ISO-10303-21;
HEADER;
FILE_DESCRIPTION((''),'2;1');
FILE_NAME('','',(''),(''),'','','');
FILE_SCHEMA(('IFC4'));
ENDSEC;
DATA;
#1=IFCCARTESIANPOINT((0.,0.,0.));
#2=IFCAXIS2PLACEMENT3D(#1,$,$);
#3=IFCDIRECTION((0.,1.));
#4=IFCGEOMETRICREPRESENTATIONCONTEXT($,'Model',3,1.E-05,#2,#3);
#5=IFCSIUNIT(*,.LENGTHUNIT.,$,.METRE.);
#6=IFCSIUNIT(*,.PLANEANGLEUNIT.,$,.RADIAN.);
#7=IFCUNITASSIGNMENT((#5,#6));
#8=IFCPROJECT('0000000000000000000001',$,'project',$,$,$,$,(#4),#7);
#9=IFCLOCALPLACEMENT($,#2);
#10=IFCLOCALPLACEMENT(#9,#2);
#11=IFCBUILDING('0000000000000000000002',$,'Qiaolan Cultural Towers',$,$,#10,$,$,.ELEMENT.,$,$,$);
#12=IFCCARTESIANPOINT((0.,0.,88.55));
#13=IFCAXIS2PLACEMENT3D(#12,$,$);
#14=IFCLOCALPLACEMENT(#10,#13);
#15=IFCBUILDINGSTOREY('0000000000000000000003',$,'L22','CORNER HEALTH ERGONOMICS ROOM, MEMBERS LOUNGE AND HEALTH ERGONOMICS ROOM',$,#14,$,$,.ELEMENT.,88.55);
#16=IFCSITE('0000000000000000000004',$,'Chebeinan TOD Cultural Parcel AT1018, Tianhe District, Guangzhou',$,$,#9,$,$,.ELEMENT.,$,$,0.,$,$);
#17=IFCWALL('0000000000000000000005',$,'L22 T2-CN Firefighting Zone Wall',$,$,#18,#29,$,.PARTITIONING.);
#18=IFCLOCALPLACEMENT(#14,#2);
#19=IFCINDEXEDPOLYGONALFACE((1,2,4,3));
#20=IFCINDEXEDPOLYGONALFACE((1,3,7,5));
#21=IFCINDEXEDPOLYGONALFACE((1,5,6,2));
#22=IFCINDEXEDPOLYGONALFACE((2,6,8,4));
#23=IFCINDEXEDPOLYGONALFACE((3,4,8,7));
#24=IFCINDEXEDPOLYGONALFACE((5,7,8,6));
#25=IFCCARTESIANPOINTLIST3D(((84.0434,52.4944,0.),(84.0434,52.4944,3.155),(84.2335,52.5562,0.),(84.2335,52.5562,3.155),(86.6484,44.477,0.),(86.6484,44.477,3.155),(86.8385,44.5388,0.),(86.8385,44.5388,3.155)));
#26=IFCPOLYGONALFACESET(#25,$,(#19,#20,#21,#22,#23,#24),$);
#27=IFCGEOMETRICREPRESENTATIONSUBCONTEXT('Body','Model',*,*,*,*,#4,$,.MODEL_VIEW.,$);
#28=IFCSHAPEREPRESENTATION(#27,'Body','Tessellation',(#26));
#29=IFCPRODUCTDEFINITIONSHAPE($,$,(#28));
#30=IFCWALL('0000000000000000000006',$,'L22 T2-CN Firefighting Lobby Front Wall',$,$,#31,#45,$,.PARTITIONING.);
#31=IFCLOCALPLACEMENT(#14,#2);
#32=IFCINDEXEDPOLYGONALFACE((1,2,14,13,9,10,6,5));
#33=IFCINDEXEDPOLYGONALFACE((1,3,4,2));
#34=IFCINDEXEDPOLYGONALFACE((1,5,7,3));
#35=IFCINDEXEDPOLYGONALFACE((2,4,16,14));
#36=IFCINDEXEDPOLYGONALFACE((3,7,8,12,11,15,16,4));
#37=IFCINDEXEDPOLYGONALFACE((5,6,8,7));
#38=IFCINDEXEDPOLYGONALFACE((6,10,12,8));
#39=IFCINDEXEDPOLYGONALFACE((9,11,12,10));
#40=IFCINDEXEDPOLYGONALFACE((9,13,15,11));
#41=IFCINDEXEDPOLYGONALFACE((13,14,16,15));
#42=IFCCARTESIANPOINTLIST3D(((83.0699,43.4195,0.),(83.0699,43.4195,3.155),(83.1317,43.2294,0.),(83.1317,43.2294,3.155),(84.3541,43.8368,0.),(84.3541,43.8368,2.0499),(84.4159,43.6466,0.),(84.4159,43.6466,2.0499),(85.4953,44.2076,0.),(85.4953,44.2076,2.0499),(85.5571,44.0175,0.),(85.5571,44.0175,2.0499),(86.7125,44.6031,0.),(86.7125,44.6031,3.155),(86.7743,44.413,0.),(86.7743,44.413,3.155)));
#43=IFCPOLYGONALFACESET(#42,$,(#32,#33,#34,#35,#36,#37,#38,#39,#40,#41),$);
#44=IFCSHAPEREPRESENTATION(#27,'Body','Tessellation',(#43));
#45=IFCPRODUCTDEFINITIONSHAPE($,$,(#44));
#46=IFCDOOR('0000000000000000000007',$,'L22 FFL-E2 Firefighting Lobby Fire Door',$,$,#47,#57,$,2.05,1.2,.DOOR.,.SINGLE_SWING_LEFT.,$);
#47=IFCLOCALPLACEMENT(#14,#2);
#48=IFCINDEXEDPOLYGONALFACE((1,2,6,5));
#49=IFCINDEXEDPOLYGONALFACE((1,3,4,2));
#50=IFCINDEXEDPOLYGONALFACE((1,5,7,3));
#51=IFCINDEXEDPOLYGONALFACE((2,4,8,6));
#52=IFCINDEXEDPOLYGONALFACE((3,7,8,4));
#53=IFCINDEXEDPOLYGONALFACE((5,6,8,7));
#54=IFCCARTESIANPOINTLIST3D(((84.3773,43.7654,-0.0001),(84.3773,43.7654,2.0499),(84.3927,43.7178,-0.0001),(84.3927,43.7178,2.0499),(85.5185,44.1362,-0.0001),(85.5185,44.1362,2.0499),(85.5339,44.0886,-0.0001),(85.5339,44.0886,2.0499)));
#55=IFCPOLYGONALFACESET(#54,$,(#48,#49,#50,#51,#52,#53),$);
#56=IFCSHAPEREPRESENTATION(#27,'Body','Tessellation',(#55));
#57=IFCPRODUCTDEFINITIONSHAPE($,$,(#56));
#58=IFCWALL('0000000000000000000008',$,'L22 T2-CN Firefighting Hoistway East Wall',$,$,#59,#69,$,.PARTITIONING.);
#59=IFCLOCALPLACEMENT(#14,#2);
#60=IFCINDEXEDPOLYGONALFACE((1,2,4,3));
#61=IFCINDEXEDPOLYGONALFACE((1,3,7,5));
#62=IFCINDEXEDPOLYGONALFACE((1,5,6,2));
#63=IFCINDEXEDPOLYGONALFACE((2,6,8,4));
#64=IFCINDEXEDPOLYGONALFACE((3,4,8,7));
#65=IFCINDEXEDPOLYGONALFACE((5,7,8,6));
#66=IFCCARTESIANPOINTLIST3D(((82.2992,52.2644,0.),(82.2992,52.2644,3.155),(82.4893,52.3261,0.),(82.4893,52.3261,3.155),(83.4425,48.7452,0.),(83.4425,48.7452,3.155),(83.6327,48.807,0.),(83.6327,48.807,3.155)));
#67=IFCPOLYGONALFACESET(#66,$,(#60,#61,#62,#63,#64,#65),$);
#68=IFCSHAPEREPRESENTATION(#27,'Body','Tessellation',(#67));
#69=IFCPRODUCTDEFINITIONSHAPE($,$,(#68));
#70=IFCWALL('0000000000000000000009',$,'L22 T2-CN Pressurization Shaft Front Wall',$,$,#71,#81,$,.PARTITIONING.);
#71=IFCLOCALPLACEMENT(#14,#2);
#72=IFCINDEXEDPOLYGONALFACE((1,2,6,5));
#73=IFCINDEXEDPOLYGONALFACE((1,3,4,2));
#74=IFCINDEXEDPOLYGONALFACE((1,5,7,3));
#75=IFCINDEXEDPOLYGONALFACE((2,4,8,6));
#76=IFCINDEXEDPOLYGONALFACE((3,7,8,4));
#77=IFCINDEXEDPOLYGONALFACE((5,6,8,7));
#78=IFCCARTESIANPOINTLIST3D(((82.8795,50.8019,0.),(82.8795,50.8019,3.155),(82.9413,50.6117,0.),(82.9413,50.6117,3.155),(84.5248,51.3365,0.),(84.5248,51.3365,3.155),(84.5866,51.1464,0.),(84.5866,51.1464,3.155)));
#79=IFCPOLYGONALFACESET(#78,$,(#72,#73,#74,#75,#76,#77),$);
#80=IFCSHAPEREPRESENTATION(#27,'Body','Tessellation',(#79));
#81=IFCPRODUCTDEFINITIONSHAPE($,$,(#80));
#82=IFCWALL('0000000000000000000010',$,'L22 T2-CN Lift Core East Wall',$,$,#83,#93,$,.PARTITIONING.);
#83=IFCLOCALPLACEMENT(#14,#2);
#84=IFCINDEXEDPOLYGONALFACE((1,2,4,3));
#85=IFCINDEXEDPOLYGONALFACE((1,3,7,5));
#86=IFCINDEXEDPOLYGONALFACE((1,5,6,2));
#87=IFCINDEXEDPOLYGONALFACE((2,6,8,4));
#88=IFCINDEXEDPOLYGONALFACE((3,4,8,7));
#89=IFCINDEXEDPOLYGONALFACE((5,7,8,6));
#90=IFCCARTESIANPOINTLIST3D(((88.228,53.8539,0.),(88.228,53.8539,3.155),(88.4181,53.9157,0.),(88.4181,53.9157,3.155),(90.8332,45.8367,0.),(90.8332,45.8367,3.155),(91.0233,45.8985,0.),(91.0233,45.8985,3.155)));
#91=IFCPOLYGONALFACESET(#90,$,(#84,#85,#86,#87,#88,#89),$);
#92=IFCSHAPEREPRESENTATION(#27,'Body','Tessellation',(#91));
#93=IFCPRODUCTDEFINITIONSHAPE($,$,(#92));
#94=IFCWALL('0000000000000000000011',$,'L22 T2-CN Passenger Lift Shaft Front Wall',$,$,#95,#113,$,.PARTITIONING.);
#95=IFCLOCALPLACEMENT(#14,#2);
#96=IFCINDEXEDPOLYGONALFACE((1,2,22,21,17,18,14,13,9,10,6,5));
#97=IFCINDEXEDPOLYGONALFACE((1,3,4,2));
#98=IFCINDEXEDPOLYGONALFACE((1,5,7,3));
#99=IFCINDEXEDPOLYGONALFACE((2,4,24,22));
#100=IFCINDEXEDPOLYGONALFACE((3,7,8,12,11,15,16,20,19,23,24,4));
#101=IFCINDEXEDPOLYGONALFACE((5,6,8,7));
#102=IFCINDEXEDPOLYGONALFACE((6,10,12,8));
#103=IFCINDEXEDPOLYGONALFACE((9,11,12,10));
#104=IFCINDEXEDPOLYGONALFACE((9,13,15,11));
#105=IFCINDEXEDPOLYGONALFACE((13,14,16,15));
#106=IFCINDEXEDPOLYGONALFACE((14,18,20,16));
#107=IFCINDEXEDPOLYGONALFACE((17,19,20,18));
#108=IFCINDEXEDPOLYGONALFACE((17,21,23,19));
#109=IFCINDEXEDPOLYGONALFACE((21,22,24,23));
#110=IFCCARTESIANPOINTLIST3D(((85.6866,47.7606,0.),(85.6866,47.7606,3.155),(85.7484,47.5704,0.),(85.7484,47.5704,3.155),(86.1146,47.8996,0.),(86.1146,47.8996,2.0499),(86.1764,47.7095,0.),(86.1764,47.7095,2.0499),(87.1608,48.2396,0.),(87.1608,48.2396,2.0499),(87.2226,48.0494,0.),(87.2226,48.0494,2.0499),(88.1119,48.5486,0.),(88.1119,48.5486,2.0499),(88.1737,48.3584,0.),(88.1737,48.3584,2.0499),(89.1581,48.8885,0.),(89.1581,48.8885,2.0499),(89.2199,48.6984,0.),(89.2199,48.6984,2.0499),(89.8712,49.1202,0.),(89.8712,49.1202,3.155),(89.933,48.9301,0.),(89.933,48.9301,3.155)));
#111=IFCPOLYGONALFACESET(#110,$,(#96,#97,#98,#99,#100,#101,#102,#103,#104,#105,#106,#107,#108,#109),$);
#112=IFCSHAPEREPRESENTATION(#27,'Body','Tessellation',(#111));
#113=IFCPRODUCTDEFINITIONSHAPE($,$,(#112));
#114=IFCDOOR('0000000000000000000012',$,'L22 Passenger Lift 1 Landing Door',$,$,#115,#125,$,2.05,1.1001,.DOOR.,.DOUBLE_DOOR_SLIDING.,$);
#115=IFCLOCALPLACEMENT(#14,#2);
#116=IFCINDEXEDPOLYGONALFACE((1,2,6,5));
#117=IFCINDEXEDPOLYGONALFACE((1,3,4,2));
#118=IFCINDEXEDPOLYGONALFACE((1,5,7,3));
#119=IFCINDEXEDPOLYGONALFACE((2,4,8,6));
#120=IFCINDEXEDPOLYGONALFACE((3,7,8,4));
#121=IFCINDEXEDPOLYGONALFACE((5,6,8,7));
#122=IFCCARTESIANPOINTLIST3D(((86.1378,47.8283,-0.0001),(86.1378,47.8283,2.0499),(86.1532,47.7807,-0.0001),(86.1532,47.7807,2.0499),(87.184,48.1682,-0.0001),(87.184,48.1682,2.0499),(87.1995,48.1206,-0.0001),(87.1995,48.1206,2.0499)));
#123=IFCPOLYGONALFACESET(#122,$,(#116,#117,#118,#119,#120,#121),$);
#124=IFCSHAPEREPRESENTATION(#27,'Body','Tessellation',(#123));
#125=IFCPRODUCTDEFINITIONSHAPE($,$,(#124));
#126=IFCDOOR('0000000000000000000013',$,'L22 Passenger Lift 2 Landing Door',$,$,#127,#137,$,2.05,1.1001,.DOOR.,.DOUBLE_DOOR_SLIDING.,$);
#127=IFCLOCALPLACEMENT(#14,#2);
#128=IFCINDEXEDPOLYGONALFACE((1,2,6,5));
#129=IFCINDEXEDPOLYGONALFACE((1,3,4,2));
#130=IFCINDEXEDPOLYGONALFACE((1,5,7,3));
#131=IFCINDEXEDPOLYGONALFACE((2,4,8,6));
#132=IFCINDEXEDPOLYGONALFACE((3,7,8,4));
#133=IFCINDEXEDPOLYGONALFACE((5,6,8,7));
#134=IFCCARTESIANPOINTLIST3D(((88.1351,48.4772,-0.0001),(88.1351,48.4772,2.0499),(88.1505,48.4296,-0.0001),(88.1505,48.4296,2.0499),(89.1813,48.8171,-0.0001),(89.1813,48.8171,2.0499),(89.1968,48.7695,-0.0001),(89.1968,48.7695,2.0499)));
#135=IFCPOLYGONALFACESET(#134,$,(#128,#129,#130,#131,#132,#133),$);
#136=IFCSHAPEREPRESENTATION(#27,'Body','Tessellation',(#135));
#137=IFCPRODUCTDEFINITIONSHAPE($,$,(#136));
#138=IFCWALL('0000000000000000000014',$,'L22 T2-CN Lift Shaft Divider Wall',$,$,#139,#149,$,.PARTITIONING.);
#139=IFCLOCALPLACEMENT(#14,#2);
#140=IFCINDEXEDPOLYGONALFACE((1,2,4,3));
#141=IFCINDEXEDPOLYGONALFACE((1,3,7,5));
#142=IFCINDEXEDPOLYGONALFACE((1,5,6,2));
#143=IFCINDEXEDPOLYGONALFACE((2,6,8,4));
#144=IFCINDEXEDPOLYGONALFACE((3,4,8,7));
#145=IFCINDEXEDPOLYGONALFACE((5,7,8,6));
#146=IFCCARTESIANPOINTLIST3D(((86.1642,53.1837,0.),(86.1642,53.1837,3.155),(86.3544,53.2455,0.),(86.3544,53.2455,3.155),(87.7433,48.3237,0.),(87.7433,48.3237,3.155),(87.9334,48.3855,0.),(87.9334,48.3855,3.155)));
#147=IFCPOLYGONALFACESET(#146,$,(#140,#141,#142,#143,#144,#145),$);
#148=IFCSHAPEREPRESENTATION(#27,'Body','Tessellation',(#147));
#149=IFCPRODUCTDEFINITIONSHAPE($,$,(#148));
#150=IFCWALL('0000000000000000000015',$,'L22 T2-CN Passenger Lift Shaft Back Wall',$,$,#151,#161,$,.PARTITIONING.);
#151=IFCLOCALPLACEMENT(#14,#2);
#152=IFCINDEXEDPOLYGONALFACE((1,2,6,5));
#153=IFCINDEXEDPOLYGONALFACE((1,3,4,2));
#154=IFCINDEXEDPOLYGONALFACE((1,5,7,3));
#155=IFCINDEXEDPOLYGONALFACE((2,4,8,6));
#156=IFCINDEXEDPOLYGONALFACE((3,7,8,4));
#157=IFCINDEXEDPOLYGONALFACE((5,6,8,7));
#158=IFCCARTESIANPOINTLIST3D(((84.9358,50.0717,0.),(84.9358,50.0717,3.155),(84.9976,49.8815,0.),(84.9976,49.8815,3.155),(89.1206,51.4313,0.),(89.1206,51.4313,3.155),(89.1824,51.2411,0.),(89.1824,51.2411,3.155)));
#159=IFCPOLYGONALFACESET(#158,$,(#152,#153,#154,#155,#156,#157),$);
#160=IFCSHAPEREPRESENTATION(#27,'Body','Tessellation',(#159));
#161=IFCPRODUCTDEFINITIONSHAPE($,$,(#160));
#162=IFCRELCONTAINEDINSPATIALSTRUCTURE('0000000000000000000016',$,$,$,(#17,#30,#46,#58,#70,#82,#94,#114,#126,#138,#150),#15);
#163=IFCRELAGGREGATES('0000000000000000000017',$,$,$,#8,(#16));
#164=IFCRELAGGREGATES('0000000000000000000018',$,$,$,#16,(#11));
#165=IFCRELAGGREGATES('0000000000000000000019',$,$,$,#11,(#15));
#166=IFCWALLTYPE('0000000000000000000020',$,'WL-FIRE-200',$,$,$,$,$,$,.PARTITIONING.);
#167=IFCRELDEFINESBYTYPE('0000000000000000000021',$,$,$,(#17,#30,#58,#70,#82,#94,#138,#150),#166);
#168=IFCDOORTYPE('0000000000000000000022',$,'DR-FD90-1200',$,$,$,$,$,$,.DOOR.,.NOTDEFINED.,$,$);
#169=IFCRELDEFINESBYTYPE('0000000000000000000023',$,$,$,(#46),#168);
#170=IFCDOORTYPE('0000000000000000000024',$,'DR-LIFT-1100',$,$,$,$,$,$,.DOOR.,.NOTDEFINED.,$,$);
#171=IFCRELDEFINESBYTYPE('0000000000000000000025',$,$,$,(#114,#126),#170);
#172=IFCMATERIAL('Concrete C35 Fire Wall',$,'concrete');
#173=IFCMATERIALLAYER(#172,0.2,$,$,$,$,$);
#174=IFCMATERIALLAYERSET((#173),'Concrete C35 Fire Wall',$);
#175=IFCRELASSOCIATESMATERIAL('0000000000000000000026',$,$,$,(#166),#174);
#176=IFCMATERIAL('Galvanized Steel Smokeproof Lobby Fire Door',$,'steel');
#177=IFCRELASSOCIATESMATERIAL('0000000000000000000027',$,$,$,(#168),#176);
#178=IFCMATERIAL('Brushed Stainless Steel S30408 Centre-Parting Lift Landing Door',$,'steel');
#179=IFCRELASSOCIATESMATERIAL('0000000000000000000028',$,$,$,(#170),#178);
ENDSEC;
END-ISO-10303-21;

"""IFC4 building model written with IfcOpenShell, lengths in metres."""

from ifc_helpers import new_model, si_unit, direction, frame, frame_2d, origin, place, context, subcontext, project, spatial, rectangle, extrude, material, layer, layer_set, type_object, element, fill, save


model = new_model("IFC4")

# Units and contexts
model_context = context("Model", 3, precision=1e-05, world=origin(), true_north=direction((0.0, 1.0)))
body_context = subcontext(model_context, "Body", "Model", "MODEL_VIEW")
ifc_project = project(units=[si_unit("LENGTHUNIT", "METRE"), si_unit("PLANEANGLEUNIT", "RADIAN")], contexts=[model_context])

# Site, building, storey
site_placement = place(None, origin())
site = spatial("IfcSite", under=ifc_project, at=site_placement, Name="Chebeinan TOD Cultural Parcel AT1018, Tianhe District, Guangzhou", CompositionType="ELEMENT", RefElevation=0.0)
building_placement = place(site_placement, origin())
building = spatial("IfcBuilding", under=site, at=building_placement, Name="Qiaolan Cultural Towers", CompositionType="ELEMENT")
storey_placement = place(building_placement, frame((0.0, 0.0, 88.55)))
storey = spatial("IfcBuildingStorey", under=building, at=storey_placement, Name="L22", Description="CORNER HEALTH ERGONOMICS ROOM, MEMBERS LOUNGE AND HEALTH ERGONOMICS ROOM", CompositionType="ELEMENT", Elevation=88.55)

# Wall
ifc_material_1 = material(Name="Concrete C35 Fire Wall", Category="concrete")
ifc_layer_1 = layer(ifc_material_1, 0.2)
ifc_layer_set_1 = layer_set([ifc_layer_1], Name="Concrete C35 Fire Wall")
wall_type_1 = type_object("IfcWallType", Name="WL-FIRE-200", PredefinedType="PARTITIONING", material=ifc_layer_set_1)
wall_1_placement = place(storey_placement, frame((86.7434, 44.5081, 0.0), z_axis=(0.0, 0.0, 1.0), x_axis=(-0.309016, 0.951057, 0.0)))
element("IfcWall", 1, at=wall_1_placement, inside=storey, type_object=wall_type_1, Name="L22 T2-CN Firefighting Zone Wall", PredefinedType="PARTITIONING", context=body_context, shape_type="SweptSolid", body=[
    extrude(rectangle(XDim=8.4299, YDim=0.2, at=frame_2d((4.2148, 0.0))), origin(), (0.0, 0.0, 1.0), 3.155),
])

# Wall, opening, door
wall_2_placement = place(storey_placement, frame((83.1008, 43.3245, 0.0), z_axis=(0.0, 0.0, 1.0), x_axis=(0.951053, 0.309028, 0.0)))
wall_2 = element("IfcWall", 2, at=wall_2_placement, inside=storey, type_object=wall_type_1, Name="L22 T2-CN Firefighting Lobby Front Wall", PredefinedType="PARTITIONING", context=body_context, shape_type="SweptSolid", body=[
    extrude(rectangle(XDim=3.8301, YDim=0.2, at=frame_2d((1.915, 0.0))), origin(), (0.0, 0.0, 1.0), 3.155),
])
opening_1_placement = place(wall_2_placement, frame((1.3501, 0.0, 0.0)))
opening_1 = element("IfcOpeningElement", 3, at=opening_1_placement, cuts=wall_2, PredefinedType="OPENING", context=body_context, shape_type="SweptSolid", body=[
    extrude(rectangle(XDim=1.2, YDim=2.05, at=frame_2d((0.6001, 1.0249))), frame((0.0, 0.1099, 0.0), z_axis=(0.0, -1.0, 0.0), x_axis=(1.0, 0.0, 0.0)), (0.0, 0.0, 1.0), 0.22),
])
ifc_material_2 = material(Name="Galvanized Steel Smokeproof Lobby Fire Door", Category="steel")
door_type_1 = type_object("IfcDoorType", Name="DR-FD90-1200", OperationType="NOTDEFINED", PredefinedType="DOOR", material=ifc_material_2)
door_1_placement = place(opening_1_placement, origin())
door_1 = element("IfcDoor", 4, at=door_1_placement, inside=storey, type_object=door_type_1, Name="L22 FFL-E2 Firefighting Lobby Fire Door", OperationType="SINGLE_SWING_LEFT", OverallHeight=2.05, OverallWidth=1.2, PredefinedType="DOOR", context=body_context, shape_type="SweptSolid", body=[
    extrude(rectangle(XDim=1.2, YDim=2.05, at=frame_2d((0.6001, 1.0249))), frame((0.0, 0.0249, 0.0), z_axis=(0.0, -1.0, 0.0), x_axis=(1.0, 0.0, 0.0)), (0.0, 0.0, 1.0), 0.05),
])
fill(opening_1, door_1)

# Walls
wall_3_placement = place(storey_placement, frame((83.5376, 48.7761, 0.0), z_axis=(0.0, 0.0, 1.0), x_axis=(-0.308994, 0.951064, 0.0)))
element("IfcWall", 5, at=wall_3_placement, inside=storey, type_object=wall_type_1, Name="L22 T2-CN Firefighting Hoistway East Wall", PredefinedType="PARTITIONING", context=body_context, shape_type="SweptSolid", body=[
    extrude(rectangle(XDim=3.7002, YDim=0.2, at=frame_2d((1.8501, 0.0))), origin(), (0.0, 0.0, 1.0), 3.155),
])
wall_4_placement = place(storey_placement, frame((82.9104, 50.7068, 0.0), z_axis=(0.0, 0.0, 1.0), x_axis=(0.951041, 0.309064, 0.0)))
element("IfcWall", 6, at=wall_4_placement, inside=storey, type_object=wall_type_1, Name="L22 T2-CN Pressurization Shaft Front Wall", PredefinedType="PARTITIONING", context=body_context, shape_type="SweptSolid", body=[
    extrude(rectangle(XDim=1.73, YDim=0.2, at=frame_2d((0.865, 0.0))), origin(), (0.0, 0.0, 1.0), 3.155),
])
wall_5_placement = place(storey_placement, frame((90.9282, 45.8677, 0.0), z_axis=(0.0, 0.0, 1.0), x_axis=(-0.309042, 0.951048, 0.0)))
element("IfcWall", 7, at=wall_5_placement, inside=storey, type_object=wall_type_1, Name="L22 T2-CN Lift Core East Wall", PredefinedType="PARTITIONING", context=body_context, shape_type="SweptSolid", body=[
    extrude(rectangle(XDim=8.4299, YDim=0.2, at=frame_2d((4.2148, 0.0))), origin(), (0.0, 0.0, 1.0), 3.155),
])

# Wall, openings, doors
wall_6_placement = place(storey_placement, frame((85.7175, 47.6655, 0.0), z_axis=(0.0, 0.0, 1.0), x_axis=(0.951059, 0.309011, 0.0)))
wall_6 = element("IfcWall", 8, at=wall_6_placement, inside=storey, type_object=wall_type_1, Name="L22 T2-CN Passenger Lift Shaft Front Wall", PredefinedType="PARTITIONING", context=body_context, shape_type="SweptSolid", body=[
    extrude(rectangle(XDim=4.3999, YDim=0.2, at=frame_2d((2.2, 0.0))), origin(), (0.0, 0.0, 1.0), 3.155),
])
opening_2_placement = place(wall_6_placement, frame((0.45, 0.0, 0.0)))
opening_2 = element("IfcOpeningElement", 9, at=opening_2_placement, cuts=wall_6, PredefinedType="OPENING", context=body_context, shape_type="SweptSolid", body=[
    extrude(rectangle(XDim=1.1001, YDim=2.05, at=frame_2d((0.55, 1.0249))), frame((0.0, 0.1099, 0.0), z_axis=(0.0, -1.0, 0.0), x_axis=(1.0, 0.0, 0.0)), (0.0, 0.0, 1.0), 0.22),
])
opening_3_placement = place(wall_6_placement, frame((2.55, 0.0, 0.0)))
opening_3 = element("IfcOpeningElement", 10, at=opening_3_placement, cuts=wall_6, PredefinedType="OPENING", context=body_context, shape_type="SweptSolid", body=[
    extrude(rectangle(XDim=1.1001, YDim=2.05, at=frame_2d((0.55, 1.0249))), frame((0.0, 0.1099, 0.0), z_axis=(0.0, -1.0, 0.0), x_axis=(1.0, 0.0, 0.0)), (0.0, 0.0, 1.0), 0.22),
])
ifc_material_3 = material(Name="Brushed Stainless Steel S30408 Centre-Parting Lift Landing Door", Category="steel")
door_type_2 = type_object("IfcDoorType", Name="DR-LIFT-1100", OperationType="NOTDEFINED", PredefinedType="DOOR", material=ifc_material_3)
door_2_placement = place(opening_2_placement, origin())
door_2 = element("IfcDoor", 11, at=door_2_placement, inside=storey, type_object=door_type_2, Name="L22 Passenger Lift 1 Landing Door", OperationType="DOUBLE_DOOR_SLIDING", OverallHeight=2.05, OverallWidth=1.1001, PredefinedType="DOOR", context=body_context, shape_type="SweptSolid", body=[
    extrude(rectangle(XDim=1.1001, YDim=2.05, at=frame_2d((0.55, 1.0249))), frame((0.0, 0.0249, 0.0), z_axis=(0.0, -1.0, 0.0), x_axis=(1.0, 0.0, 0.0)), (0.0, 0.0, 1.0), 0.05),
])
fill(opening_2, door_2)
door_3_placement = place(opening_3_placement, origin())
door_3 = element("IfcDoor", 12, at=door_3_placement, inside=storey, type_object=door_type_2, Name="L22 Passenger Lift 2 Landing Door", OperationType="DOUBLE_DOOR_SLIDING", OverallHeight=2.05, OverallWidth=1.1001, PredefinedType="DOOR", context=body_context, shape_type="SweptSolid", body=[
    extrude(rectangle(XDim=1.1001, YDim=2.05, at=frame_2d((0.55, 1.0249))), frame((0.0, 0.0249, 0.0), z_axis=(0.0, -1.0, 0.0), x_axis=(1.0, 0.0, 0.0)), (0.0, 0.0, 1.0), 0.05),
])
fill(opening_3, door_3)

# Walls
wall_7_placement = place(storey_placement, frame((87.8384, 48.3545, 0.0), z_axis=(0.0, 0.0, 1.0), x_axis=(-0.309009, 0.951059, 0.0)))
element("IfcWall", 13, at=wall_7_placement, inside=storey, type_object=wall_type_1, Name="L22 T2-CN Lift Shaft Divider Wall", PredefinedType="PARTITIONING", context=body_context, shape_type="SweptSolid", body=[
    extrude(rectangle(XDim=5.1101, YDim=0.2, at=frame_2d((2.5552, 0.0))), origin(), (0.0, 0.0, 1.0), 3.155),
])
wall_8_placement = place(storey_placement, frame((84.9666, 49.9766, 0.0), z_axis=(0.0, 0.0, 1.0), x_axis=(0.951064, 0.308994, 0.0)))
element("IfcWall", 14, at=wall_8_placement, inside=storey, type_object=wall_type_1, Name="L22 T2-CN Passenger Lift Shaft Back Wall", PredefinedType="PARTITIONING", context=body_context, shape_type="SweptSolid", body=[
    extrude(rectangle(XDim=4.4001, YDim=0.2, at=frame_2d((2.2002, 0.0))), origin(), (0.0, 0.0, 1.0), 3.155),
])

save(model, "model.ifc")
